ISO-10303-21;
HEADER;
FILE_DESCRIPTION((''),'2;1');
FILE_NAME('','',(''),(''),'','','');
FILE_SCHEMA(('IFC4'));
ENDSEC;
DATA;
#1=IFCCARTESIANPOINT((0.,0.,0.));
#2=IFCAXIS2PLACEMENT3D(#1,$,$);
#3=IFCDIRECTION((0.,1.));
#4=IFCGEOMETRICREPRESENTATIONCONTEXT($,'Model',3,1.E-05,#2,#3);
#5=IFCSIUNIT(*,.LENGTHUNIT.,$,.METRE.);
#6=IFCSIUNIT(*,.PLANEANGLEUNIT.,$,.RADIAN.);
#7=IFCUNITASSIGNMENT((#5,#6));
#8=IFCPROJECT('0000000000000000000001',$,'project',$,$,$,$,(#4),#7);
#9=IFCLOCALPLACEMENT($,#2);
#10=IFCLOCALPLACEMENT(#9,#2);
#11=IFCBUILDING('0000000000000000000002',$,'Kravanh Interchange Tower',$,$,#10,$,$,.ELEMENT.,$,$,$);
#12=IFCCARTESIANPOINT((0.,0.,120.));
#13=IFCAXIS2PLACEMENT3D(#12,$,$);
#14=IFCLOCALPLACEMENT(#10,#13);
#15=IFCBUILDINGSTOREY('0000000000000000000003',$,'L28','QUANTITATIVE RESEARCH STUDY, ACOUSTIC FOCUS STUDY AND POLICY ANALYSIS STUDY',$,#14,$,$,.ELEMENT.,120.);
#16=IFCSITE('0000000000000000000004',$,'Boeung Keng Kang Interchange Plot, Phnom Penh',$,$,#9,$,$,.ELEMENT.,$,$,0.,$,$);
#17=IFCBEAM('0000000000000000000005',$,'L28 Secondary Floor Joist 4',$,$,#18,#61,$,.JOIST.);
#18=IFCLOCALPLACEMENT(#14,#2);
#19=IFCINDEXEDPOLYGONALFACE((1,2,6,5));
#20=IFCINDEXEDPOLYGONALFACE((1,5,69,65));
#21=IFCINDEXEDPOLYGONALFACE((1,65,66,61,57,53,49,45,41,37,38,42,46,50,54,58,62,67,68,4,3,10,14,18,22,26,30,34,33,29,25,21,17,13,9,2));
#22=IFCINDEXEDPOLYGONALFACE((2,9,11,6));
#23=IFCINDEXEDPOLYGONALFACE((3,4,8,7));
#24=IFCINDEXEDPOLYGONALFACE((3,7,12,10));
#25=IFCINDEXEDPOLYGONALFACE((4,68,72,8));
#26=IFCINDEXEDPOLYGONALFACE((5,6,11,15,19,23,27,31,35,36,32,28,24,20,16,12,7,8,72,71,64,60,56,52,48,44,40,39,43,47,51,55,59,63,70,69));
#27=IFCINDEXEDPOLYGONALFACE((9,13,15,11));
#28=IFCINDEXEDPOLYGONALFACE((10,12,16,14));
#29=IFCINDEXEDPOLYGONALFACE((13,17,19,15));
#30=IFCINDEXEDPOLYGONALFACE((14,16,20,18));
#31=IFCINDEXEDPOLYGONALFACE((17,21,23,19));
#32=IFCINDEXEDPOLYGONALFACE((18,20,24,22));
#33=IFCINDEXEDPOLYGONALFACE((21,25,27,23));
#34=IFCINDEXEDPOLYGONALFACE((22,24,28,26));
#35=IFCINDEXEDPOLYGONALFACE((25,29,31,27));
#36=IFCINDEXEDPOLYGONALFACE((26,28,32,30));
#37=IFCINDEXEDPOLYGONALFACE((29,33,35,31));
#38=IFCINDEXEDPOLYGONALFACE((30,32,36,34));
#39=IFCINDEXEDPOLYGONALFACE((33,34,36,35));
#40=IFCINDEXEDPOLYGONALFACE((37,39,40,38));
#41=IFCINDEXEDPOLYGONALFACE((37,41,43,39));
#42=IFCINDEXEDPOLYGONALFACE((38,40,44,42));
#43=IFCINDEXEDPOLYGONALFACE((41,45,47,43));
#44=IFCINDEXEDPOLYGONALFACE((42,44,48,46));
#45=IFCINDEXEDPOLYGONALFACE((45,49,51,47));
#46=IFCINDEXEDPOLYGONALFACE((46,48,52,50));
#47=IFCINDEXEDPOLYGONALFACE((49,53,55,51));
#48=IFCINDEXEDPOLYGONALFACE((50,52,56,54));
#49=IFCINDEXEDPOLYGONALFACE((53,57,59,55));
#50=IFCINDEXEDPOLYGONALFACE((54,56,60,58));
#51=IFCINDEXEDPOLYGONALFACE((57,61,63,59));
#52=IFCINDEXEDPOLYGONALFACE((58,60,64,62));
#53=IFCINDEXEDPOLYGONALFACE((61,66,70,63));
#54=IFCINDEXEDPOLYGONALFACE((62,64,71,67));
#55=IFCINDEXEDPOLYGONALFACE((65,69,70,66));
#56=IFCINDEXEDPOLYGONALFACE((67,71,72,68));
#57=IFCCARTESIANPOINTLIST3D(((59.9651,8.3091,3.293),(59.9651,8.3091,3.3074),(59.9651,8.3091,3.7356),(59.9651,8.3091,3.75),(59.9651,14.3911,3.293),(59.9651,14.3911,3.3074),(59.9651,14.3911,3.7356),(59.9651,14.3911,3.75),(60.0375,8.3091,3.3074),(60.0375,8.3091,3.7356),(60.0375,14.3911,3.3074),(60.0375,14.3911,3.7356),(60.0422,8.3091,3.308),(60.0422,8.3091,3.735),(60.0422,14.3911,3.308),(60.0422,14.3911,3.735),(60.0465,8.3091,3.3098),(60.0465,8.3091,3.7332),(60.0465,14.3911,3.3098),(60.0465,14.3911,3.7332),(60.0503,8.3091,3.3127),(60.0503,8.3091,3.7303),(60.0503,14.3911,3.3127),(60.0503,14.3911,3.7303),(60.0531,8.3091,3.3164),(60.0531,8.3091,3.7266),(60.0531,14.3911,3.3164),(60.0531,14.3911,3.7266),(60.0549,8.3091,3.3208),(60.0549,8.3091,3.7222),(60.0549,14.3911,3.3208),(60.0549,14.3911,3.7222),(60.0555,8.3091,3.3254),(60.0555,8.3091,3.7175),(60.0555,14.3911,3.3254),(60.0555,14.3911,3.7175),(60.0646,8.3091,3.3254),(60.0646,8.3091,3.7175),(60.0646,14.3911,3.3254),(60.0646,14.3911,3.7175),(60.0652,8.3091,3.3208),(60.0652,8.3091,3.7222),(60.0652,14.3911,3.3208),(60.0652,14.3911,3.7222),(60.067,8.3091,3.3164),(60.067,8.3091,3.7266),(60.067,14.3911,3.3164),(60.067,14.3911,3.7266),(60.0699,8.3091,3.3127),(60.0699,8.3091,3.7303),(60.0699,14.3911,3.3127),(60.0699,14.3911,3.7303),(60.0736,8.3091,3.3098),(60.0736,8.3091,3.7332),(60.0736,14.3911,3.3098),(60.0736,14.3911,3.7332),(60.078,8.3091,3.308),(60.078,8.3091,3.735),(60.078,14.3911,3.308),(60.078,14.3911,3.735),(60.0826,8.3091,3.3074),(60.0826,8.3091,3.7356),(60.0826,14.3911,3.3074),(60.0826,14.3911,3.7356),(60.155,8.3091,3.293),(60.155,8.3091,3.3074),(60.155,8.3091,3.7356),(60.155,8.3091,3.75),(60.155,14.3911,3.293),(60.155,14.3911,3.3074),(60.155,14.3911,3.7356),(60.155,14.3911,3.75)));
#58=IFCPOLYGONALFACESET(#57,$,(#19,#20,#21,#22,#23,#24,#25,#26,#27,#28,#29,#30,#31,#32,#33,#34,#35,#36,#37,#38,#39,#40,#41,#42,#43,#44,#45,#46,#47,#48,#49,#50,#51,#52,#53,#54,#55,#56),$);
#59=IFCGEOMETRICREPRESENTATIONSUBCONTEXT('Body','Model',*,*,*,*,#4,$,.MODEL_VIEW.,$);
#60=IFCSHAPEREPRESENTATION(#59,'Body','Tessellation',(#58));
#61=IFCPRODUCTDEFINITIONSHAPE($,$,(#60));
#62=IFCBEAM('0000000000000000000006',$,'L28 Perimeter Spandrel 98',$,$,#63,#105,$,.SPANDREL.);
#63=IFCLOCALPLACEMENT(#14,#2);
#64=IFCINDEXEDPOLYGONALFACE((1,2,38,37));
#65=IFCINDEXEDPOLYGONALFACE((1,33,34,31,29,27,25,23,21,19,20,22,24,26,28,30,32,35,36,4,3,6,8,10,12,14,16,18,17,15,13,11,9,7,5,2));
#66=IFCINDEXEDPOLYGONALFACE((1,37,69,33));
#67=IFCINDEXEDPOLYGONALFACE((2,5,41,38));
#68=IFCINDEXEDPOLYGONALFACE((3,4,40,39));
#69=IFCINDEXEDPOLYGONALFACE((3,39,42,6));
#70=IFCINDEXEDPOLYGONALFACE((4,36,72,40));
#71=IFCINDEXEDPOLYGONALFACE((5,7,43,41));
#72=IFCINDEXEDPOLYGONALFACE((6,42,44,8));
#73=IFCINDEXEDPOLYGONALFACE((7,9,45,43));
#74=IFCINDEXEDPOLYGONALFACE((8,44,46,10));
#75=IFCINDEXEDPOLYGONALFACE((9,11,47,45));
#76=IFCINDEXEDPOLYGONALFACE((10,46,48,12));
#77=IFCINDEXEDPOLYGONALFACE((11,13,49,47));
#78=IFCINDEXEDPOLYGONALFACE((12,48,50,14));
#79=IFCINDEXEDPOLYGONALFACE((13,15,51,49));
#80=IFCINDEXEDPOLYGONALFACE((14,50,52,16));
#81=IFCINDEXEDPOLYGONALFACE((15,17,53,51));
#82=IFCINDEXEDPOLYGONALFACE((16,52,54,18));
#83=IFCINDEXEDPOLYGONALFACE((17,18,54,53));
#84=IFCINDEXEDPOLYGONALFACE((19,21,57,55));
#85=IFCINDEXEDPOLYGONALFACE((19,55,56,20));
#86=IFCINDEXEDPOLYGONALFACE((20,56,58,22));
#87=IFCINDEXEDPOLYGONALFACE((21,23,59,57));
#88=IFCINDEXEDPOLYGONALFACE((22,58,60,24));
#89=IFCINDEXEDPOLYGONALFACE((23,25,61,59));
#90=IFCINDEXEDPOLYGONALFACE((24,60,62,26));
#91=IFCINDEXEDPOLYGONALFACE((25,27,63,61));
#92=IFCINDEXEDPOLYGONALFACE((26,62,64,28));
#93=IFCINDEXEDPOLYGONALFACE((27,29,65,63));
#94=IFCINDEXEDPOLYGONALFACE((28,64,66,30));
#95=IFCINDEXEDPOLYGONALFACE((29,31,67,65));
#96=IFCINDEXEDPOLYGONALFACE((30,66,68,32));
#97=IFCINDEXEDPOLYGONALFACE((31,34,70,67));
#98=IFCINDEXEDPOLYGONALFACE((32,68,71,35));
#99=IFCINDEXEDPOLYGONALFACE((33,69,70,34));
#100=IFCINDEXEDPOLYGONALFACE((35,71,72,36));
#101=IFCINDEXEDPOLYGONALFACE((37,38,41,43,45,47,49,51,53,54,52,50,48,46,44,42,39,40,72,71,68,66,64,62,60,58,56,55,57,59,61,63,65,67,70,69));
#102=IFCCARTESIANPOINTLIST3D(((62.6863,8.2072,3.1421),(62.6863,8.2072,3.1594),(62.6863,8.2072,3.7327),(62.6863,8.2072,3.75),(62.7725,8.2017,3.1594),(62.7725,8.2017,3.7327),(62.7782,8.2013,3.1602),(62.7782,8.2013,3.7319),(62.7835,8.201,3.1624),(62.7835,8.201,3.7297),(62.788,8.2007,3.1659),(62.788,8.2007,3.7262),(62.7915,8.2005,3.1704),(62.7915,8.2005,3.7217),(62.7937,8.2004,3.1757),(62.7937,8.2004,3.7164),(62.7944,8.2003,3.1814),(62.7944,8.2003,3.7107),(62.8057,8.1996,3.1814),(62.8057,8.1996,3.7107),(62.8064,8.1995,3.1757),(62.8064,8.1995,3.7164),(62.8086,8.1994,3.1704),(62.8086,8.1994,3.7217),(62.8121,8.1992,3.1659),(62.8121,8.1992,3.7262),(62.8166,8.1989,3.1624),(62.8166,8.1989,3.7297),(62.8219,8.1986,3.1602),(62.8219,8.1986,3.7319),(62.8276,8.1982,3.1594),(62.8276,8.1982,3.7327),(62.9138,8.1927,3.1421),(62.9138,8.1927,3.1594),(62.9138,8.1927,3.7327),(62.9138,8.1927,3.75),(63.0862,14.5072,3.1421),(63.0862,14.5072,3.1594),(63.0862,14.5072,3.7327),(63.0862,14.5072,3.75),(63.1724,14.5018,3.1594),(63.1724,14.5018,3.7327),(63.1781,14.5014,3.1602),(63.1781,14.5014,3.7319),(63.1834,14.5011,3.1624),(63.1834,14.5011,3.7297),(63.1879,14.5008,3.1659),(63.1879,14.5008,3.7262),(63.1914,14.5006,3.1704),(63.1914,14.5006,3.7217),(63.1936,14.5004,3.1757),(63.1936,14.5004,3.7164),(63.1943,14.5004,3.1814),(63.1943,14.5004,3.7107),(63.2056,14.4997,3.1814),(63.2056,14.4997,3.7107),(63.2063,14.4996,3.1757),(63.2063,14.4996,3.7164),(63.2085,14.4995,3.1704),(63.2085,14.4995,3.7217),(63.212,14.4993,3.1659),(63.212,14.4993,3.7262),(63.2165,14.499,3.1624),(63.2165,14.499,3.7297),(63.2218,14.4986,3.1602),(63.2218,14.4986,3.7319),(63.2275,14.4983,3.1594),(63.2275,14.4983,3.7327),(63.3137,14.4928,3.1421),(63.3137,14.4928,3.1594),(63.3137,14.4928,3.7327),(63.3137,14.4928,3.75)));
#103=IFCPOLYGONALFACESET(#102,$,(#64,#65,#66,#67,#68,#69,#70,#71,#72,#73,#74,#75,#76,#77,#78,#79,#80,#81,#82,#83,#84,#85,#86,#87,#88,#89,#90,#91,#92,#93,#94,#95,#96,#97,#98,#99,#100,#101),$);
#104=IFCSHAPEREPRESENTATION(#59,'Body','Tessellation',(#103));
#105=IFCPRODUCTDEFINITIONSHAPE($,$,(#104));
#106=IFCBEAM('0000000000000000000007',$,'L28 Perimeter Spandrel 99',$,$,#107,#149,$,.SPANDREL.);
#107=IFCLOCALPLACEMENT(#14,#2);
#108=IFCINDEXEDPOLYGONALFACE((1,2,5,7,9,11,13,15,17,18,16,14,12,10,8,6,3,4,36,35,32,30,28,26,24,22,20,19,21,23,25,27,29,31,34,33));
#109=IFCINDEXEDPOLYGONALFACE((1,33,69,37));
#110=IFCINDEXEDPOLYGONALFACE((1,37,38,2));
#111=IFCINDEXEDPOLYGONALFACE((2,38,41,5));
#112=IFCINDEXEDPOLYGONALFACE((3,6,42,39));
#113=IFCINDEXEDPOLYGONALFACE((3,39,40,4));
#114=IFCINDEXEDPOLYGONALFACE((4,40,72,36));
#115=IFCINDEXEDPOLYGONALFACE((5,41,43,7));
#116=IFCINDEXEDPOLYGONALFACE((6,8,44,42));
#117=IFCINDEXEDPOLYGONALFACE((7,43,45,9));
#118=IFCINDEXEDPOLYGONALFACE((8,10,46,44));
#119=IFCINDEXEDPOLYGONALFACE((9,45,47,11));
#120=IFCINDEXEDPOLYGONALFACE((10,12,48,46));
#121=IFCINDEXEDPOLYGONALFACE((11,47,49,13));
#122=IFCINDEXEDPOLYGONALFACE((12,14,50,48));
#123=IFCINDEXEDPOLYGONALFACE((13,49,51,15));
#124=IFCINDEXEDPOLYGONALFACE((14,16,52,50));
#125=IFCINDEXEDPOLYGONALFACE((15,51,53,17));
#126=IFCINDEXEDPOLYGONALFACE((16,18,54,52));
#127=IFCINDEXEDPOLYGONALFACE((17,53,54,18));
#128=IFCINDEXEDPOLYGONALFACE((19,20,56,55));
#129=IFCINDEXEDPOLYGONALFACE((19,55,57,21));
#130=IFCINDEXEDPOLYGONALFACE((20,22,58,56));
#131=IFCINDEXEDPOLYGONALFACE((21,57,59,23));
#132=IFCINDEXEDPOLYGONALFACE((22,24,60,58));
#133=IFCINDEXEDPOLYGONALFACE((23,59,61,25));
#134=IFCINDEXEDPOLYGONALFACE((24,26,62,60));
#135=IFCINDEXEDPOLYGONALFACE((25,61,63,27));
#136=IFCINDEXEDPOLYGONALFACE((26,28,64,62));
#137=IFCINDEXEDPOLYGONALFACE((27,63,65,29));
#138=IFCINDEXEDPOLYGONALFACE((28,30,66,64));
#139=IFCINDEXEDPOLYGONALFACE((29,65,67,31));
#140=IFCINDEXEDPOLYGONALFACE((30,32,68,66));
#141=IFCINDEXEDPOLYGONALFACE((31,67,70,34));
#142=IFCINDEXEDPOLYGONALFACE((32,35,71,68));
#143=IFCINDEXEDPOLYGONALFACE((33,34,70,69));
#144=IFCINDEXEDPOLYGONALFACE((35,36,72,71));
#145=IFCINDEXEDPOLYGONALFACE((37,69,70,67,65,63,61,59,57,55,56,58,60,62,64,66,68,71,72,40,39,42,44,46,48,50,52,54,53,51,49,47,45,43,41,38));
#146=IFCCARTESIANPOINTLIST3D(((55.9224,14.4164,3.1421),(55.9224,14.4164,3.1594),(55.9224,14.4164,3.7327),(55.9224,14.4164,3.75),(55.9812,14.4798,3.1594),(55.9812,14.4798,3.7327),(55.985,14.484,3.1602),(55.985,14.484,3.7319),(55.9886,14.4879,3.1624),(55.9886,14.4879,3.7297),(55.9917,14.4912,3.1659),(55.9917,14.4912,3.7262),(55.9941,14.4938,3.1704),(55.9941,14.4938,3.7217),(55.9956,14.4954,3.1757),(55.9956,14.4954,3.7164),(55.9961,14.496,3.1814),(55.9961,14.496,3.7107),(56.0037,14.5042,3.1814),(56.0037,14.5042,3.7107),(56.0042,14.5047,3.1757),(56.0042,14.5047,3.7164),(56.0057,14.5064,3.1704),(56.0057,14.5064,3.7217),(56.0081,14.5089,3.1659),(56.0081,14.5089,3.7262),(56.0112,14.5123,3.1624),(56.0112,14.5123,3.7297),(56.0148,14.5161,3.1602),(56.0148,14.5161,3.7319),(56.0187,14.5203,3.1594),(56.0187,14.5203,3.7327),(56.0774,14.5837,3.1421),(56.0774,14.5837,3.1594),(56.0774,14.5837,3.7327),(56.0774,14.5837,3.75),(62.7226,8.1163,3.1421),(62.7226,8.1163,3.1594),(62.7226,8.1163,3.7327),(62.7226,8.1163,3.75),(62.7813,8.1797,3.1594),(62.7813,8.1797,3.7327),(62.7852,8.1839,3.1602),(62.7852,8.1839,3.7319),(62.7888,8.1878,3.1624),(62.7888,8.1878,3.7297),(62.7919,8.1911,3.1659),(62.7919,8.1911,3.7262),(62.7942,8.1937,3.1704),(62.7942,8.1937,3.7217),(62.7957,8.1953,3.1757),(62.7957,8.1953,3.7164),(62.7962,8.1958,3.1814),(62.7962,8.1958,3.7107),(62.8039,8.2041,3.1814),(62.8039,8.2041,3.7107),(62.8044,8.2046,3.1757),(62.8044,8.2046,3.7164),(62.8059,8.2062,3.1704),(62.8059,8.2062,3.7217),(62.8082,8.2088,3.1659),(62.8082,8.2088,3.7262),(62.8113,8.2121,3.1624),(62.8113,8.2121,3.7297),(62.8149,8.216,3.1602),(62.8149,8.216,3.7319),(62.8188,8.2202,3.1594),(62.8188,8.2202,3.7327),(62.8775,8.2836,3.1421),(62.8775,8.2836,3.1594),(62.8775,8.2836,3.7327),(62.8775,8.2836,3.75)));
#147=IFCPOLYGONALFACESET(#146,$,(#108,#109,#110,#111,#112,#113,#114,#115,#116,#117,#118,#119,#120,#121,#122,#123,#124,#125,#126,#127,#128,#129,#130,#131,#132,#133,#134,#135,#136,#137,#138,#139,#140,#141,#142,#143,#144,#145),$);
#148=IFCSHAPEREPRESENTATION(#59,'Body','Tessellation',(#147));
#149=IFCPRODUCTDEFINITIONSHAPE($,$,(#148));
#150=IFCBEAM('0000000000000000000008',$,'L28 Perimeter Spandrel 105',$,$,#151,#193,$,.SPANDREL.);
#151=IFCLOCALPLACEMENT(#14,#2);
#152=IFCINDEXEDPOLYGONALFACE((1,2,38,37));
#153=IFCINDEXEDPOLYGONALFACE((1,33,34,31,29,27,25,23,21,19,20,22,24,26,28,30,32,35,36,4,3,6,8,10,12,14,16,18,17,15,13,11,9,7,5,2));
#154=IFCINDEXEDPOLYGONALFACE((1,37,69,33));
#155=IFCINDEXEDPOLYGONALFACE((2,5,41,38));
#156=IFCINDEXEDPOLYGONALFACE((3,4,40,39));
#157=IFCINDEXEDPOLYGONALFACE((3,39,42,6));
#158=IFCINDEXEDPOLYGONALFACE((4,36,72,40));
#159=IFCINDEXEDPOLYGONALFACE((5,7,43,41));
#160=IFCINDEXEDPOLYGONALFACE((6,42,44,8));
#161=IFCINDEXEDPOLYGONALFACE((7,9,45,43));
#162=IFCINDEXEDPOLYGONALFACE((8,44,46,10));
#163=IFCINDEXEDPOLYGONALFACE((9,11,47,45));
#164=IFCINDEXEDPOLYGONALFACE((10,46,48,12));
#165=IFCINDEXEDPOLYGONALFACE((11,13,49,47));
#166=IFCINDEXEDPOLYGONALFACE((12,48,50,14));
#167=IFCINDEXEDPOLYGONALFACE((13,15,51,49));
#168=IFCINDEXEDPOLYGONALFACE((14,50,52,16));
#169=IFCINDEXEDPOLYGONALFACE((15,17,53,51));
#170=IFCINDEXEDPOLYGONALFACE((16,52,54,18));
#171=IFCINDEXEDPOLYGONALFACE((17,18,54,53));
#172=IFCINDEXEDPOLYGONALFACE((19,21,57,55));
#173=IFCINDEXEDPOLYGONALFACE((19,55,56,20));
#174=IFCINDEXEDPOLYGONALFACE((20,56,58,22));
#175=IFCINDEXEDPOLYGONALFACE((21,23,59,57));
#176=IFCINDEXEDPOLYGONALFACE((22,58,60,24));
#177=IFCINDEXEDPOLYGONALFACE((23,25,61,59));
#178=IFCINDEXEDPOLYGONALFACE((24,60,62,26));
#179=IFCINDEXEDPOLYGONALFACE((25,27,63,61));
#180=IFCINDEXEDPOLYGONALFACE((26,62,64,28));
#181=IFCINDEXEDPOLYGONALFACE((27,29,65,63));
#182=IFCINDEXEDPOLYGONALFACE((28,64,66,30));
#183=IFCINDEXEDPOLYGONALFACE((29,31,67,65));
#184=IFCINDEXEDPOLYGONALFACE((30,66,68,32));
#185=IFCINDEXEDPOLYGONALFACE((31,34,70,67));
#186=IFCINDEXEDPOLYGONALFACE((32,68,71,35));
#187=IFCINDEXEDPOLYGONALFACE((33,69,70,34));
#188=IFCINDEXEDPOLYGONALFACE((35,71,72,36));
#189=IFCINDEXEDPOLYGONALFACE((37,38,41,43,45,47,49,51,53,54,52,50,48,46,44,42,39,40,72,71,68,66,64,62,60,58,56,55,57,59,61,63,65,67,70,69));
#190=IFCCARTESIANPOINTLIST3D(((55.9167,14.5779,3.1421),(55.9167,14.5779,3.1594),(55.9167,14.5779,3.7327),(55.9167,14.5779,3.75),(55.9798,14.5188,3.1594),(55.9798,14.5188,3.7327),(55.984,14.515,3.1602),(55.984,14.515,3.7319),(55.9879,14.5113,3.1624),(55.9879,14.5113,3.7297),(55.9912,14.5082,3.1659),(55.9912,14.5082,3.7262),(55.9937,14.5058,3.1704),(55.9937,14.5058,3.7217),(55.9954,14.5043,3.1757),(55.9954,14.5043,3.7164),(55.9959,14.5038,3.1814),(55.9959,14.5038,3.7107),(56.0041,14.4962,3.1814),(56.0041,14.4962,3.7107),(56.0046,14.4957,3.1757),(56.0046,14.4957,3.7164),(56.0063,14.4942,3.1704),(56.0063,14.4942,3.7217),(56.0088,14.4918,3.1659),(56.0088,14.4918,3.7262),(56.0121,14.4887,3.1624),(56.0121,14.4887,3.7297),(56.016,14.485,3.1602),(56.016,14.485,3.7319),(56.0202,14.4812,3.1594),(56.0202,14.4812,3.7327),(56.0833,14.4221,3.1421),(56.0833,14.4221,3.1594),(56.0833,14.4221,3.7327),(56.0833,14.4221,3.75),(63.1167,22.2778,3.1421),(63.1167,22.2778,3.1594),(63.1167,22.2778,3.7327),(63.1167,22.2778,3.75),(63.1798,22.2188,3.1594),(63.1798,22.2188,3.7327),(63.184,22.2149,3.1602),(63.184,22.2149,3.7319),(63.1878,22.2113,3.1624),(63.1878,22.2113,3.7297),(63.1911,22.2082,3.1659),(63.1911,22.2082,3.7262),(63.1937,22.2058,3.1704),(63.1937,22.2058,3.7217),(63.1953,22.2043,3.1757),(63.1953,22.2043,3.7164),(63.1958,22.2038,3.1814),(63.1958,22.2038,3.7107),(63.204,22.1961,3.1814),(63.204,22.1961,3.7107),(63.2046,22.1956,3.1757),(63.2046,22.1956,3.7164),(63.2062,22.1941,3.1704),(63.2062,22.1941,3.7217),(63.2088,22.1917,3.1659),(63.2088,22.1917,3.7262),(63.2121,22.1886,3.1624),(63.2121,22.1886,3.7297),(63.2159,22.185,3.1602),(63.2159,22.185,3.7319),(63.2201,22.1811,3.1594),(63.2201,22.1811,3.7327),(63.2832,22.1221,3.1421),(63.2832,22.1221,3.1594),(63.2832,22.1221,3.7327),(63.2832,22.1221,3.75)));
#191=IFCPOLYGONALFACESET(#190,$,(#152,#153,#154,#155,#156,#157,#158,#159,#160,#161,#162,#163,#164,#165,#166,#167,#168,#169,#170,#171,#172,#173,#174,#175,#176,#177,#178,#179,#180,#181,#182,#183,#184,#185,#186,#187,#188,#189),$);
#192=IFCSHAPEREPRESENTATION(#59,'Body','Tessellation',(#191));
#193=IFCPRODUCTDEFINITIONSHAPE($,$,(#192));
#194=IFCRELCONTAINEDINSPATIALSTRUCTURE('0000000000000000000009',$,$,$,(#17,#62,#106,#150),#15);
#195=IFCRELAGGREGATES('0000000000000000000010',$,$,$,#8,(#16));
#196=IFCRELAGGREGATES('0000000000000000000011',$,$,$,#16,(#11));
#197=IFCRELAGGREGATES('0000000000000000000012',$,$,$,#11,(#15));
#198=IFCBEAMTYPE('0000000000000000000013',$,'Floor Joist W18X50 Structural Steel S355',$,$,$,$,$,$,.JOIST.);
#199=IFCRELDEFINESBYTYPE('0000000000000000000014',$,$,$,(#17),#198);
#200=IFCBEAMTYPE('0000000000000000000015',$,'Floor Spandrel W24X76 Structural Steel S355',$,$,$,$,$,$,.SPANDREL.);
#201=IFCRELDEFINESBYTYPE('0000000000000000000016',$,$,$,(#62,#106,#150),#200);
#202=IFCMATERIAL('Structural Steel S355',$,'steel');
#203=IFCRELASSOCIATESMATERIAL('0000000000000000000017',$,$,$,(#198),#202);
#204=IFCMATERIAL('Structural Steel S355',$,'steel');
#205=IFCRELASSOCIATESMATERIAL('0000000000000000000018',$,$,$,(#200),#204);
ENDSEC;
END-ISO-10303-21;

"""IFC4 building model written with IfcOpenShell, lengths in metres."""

from ifc_helpers import new_model, si_unit, direction, frame, origin, origin_2d, place, context, subcontext, project, spatial, i_section, extrude, material, material_profile, profile_set, type_object, element, save


model = new_model("IFC4")

# Units and contexts
model_context = context("Model", 3, precision=1e-05, world=origin(), true_north=direction((0.0, 1.0)))
body_context = subcontext(model_context, "Body", "Model", "MODEL_VIEW")
ifc_project = project(units=[si_unit("LENGTHUNIT", "METRE"), si_unit("PLANEANGLEUNIT", "RADIAN")], contexts=[model_context])

# Site, building, storey
site_placement = place(None, origin())
site = spatial("IfcSite", under=ifc_project, at=site_placement, Name="Boeung Keng Kang Interchange Plot, Phnom Penh", CompositionType="ELEMENT", RefElevation=0.0)
building_placement = place(site_placement, origin())
building = spatial("IfcBuilding", under=site, at=building_placement, Name="Kravanh Interchange Tower", CompositionType="ELEMENT")
storey_placement = place(building_placement, frame((0.0, 0.0, 120.0)))
storey = spatial("IfcBuildingStorey", under=building, at=storey_placement, Name="L28", Description="QUANTITATIVE RESEARCH STUDY, ACOUSTIC FOCUS STUDY AND POLICY ANALYSIS STUDY", CompositionType="ELEMENT", Elevation=120.0)

# Beams
ifc_material_1 = material(Name="Structural Steel S355", Category="steel")
ifc_material_profile_1 = material_profile(ifc_material_1, i_section(OverallWidth=0.1899, OverallDepth=0.457, WebThickness=0.009, FlangeThickness=0.0144, FilletRadius=0.0181, at=origin_2d()), Name="W18X50")
ifc_profile_set_1 = profile_set([ifc_material_profile_1], Name="Structural Steel S355")
beam_type_1 = type_object("IfcBeamType", Name="Floor Joist W18X50 Structural Steel S355", PredefinedType="JOIST", material=ifc_profile_set_1)
for number, where, z_axis, x_axis, name in (
    (1, (60.0601, 8.3091, 3.5215), (0.0, 1.0, 0.0), (-1.0, 0.0, 0.0), "L28 Secondary Floor Joist 4"),
):
    element("IfcBeam", number, at=place(storey_placement, frame(where, z_axis=z_axis, x_axis=x_axis)), inside=storey, type_object=beam_type_1, Name=name, PredefinedType="JOIST", context=body_context, shape_type="SweptSolid", body=[
        extrude(i_section(OverallWidth=0.1899, OverallDepth=0.457, WebThickness=0.009, FlangeThickness=0.0144, FilletRadius=0.0181, at=origin_2d()), origin(), (0.0, 0.0, 1.0), 6.082),
    ])
ifc_material_2 = material(Name="Structural Steel S355", Category="steel")
ifc_material_profile_2 = material_profile(ifc_material_2, i_section(OverallWidth=0.228, OverallDepth=0.6079, WebThickness=0.0112, FlangeThickness=0.0173, FilletRadius=0.022, at=origin_2d()), Name="W24X76")
ifc_profile_set_2 = profile_set([ifc_material_profile_2], Name="Structural Steel S355")
beam_type_2 = type_object("IfcBeamType", Name="Floor Spandrel W24X76 Structural Steel S355", PredefinedType="SPANDREL", material=ifc_profile_set_2)
beam_1_placement = place(storey_placement, frame((62.8, 8.2, 3.446), z_axis=(0.063349, 0.997991, 0.0), x_axis=(-0.997991, 0.063349, 0.0)))
element("IfcBeam", 2, at=beam_1_placement, inside=storey, type_object=beam_type_2, Name="L28 Perimeter Spandrel 98", PredefinedType="SPANDREL", context=body_context, shape_type="SweptSolid", body=[
    extrude(i_section(OverallWidth=0.228, OverallDepth=0.6079, WebThickness=0.0112, FlangeThickness=0.0173, FilletRadius=0.022, at=origin_2d()), origin(), (0.0, 0.0, 1.0), 6.3127),
])
beam_2_placement = place(storey_placement, frame((62.8, 8.2, 3.446), z_axis=(-0.733561, 0.679623, 0.0), x_axis=(-0.679623, -0.733561, 0.0)))
element("IfcBeam", 3, at=beam_2_placement, inside=storey, type_object=beam_type_2, Name="L28 Perimeter Spandrel 99", PredefinedType="SPANDREL", context=body_context, shape_type="SweptSolid", body=[
    extrude(i_section(OverallWidth=0.228, OverallDepth=0.6079, WebThickness=0.0112, FlangeThickness=0.0173, FilletRadius=0.022, at=origin_2d()), origin(), (0.0, 0.0, 1.0), 9.27),
])
beam_3_placement = place(storey_placement, frame((56.0, 14.5, 3.446), z_axis=(0.682994, 0.730424, 0.0), x_axis=(-0.730424, 0.682994, 0.0)))
element("IfcBeam", 4, at=beam_3_placement, inside=storey, type_object=beam_type_2, Name="L28 Perimeter Spandrel 105", PredefinedType="SPANDREL", context=body_context, shape_type="SweptSolid", body=[
    extrude(i_section(OverallWidth=0.228, OverallDepth=0.6079, WebThickness=0.0112, FlangeThickness=0.0173, FilletRadius=0.022, at=origin_2d()), origin(), (0.0, 0.0, 1.0), 10.5417),
])

save(model, "model.ifc")
